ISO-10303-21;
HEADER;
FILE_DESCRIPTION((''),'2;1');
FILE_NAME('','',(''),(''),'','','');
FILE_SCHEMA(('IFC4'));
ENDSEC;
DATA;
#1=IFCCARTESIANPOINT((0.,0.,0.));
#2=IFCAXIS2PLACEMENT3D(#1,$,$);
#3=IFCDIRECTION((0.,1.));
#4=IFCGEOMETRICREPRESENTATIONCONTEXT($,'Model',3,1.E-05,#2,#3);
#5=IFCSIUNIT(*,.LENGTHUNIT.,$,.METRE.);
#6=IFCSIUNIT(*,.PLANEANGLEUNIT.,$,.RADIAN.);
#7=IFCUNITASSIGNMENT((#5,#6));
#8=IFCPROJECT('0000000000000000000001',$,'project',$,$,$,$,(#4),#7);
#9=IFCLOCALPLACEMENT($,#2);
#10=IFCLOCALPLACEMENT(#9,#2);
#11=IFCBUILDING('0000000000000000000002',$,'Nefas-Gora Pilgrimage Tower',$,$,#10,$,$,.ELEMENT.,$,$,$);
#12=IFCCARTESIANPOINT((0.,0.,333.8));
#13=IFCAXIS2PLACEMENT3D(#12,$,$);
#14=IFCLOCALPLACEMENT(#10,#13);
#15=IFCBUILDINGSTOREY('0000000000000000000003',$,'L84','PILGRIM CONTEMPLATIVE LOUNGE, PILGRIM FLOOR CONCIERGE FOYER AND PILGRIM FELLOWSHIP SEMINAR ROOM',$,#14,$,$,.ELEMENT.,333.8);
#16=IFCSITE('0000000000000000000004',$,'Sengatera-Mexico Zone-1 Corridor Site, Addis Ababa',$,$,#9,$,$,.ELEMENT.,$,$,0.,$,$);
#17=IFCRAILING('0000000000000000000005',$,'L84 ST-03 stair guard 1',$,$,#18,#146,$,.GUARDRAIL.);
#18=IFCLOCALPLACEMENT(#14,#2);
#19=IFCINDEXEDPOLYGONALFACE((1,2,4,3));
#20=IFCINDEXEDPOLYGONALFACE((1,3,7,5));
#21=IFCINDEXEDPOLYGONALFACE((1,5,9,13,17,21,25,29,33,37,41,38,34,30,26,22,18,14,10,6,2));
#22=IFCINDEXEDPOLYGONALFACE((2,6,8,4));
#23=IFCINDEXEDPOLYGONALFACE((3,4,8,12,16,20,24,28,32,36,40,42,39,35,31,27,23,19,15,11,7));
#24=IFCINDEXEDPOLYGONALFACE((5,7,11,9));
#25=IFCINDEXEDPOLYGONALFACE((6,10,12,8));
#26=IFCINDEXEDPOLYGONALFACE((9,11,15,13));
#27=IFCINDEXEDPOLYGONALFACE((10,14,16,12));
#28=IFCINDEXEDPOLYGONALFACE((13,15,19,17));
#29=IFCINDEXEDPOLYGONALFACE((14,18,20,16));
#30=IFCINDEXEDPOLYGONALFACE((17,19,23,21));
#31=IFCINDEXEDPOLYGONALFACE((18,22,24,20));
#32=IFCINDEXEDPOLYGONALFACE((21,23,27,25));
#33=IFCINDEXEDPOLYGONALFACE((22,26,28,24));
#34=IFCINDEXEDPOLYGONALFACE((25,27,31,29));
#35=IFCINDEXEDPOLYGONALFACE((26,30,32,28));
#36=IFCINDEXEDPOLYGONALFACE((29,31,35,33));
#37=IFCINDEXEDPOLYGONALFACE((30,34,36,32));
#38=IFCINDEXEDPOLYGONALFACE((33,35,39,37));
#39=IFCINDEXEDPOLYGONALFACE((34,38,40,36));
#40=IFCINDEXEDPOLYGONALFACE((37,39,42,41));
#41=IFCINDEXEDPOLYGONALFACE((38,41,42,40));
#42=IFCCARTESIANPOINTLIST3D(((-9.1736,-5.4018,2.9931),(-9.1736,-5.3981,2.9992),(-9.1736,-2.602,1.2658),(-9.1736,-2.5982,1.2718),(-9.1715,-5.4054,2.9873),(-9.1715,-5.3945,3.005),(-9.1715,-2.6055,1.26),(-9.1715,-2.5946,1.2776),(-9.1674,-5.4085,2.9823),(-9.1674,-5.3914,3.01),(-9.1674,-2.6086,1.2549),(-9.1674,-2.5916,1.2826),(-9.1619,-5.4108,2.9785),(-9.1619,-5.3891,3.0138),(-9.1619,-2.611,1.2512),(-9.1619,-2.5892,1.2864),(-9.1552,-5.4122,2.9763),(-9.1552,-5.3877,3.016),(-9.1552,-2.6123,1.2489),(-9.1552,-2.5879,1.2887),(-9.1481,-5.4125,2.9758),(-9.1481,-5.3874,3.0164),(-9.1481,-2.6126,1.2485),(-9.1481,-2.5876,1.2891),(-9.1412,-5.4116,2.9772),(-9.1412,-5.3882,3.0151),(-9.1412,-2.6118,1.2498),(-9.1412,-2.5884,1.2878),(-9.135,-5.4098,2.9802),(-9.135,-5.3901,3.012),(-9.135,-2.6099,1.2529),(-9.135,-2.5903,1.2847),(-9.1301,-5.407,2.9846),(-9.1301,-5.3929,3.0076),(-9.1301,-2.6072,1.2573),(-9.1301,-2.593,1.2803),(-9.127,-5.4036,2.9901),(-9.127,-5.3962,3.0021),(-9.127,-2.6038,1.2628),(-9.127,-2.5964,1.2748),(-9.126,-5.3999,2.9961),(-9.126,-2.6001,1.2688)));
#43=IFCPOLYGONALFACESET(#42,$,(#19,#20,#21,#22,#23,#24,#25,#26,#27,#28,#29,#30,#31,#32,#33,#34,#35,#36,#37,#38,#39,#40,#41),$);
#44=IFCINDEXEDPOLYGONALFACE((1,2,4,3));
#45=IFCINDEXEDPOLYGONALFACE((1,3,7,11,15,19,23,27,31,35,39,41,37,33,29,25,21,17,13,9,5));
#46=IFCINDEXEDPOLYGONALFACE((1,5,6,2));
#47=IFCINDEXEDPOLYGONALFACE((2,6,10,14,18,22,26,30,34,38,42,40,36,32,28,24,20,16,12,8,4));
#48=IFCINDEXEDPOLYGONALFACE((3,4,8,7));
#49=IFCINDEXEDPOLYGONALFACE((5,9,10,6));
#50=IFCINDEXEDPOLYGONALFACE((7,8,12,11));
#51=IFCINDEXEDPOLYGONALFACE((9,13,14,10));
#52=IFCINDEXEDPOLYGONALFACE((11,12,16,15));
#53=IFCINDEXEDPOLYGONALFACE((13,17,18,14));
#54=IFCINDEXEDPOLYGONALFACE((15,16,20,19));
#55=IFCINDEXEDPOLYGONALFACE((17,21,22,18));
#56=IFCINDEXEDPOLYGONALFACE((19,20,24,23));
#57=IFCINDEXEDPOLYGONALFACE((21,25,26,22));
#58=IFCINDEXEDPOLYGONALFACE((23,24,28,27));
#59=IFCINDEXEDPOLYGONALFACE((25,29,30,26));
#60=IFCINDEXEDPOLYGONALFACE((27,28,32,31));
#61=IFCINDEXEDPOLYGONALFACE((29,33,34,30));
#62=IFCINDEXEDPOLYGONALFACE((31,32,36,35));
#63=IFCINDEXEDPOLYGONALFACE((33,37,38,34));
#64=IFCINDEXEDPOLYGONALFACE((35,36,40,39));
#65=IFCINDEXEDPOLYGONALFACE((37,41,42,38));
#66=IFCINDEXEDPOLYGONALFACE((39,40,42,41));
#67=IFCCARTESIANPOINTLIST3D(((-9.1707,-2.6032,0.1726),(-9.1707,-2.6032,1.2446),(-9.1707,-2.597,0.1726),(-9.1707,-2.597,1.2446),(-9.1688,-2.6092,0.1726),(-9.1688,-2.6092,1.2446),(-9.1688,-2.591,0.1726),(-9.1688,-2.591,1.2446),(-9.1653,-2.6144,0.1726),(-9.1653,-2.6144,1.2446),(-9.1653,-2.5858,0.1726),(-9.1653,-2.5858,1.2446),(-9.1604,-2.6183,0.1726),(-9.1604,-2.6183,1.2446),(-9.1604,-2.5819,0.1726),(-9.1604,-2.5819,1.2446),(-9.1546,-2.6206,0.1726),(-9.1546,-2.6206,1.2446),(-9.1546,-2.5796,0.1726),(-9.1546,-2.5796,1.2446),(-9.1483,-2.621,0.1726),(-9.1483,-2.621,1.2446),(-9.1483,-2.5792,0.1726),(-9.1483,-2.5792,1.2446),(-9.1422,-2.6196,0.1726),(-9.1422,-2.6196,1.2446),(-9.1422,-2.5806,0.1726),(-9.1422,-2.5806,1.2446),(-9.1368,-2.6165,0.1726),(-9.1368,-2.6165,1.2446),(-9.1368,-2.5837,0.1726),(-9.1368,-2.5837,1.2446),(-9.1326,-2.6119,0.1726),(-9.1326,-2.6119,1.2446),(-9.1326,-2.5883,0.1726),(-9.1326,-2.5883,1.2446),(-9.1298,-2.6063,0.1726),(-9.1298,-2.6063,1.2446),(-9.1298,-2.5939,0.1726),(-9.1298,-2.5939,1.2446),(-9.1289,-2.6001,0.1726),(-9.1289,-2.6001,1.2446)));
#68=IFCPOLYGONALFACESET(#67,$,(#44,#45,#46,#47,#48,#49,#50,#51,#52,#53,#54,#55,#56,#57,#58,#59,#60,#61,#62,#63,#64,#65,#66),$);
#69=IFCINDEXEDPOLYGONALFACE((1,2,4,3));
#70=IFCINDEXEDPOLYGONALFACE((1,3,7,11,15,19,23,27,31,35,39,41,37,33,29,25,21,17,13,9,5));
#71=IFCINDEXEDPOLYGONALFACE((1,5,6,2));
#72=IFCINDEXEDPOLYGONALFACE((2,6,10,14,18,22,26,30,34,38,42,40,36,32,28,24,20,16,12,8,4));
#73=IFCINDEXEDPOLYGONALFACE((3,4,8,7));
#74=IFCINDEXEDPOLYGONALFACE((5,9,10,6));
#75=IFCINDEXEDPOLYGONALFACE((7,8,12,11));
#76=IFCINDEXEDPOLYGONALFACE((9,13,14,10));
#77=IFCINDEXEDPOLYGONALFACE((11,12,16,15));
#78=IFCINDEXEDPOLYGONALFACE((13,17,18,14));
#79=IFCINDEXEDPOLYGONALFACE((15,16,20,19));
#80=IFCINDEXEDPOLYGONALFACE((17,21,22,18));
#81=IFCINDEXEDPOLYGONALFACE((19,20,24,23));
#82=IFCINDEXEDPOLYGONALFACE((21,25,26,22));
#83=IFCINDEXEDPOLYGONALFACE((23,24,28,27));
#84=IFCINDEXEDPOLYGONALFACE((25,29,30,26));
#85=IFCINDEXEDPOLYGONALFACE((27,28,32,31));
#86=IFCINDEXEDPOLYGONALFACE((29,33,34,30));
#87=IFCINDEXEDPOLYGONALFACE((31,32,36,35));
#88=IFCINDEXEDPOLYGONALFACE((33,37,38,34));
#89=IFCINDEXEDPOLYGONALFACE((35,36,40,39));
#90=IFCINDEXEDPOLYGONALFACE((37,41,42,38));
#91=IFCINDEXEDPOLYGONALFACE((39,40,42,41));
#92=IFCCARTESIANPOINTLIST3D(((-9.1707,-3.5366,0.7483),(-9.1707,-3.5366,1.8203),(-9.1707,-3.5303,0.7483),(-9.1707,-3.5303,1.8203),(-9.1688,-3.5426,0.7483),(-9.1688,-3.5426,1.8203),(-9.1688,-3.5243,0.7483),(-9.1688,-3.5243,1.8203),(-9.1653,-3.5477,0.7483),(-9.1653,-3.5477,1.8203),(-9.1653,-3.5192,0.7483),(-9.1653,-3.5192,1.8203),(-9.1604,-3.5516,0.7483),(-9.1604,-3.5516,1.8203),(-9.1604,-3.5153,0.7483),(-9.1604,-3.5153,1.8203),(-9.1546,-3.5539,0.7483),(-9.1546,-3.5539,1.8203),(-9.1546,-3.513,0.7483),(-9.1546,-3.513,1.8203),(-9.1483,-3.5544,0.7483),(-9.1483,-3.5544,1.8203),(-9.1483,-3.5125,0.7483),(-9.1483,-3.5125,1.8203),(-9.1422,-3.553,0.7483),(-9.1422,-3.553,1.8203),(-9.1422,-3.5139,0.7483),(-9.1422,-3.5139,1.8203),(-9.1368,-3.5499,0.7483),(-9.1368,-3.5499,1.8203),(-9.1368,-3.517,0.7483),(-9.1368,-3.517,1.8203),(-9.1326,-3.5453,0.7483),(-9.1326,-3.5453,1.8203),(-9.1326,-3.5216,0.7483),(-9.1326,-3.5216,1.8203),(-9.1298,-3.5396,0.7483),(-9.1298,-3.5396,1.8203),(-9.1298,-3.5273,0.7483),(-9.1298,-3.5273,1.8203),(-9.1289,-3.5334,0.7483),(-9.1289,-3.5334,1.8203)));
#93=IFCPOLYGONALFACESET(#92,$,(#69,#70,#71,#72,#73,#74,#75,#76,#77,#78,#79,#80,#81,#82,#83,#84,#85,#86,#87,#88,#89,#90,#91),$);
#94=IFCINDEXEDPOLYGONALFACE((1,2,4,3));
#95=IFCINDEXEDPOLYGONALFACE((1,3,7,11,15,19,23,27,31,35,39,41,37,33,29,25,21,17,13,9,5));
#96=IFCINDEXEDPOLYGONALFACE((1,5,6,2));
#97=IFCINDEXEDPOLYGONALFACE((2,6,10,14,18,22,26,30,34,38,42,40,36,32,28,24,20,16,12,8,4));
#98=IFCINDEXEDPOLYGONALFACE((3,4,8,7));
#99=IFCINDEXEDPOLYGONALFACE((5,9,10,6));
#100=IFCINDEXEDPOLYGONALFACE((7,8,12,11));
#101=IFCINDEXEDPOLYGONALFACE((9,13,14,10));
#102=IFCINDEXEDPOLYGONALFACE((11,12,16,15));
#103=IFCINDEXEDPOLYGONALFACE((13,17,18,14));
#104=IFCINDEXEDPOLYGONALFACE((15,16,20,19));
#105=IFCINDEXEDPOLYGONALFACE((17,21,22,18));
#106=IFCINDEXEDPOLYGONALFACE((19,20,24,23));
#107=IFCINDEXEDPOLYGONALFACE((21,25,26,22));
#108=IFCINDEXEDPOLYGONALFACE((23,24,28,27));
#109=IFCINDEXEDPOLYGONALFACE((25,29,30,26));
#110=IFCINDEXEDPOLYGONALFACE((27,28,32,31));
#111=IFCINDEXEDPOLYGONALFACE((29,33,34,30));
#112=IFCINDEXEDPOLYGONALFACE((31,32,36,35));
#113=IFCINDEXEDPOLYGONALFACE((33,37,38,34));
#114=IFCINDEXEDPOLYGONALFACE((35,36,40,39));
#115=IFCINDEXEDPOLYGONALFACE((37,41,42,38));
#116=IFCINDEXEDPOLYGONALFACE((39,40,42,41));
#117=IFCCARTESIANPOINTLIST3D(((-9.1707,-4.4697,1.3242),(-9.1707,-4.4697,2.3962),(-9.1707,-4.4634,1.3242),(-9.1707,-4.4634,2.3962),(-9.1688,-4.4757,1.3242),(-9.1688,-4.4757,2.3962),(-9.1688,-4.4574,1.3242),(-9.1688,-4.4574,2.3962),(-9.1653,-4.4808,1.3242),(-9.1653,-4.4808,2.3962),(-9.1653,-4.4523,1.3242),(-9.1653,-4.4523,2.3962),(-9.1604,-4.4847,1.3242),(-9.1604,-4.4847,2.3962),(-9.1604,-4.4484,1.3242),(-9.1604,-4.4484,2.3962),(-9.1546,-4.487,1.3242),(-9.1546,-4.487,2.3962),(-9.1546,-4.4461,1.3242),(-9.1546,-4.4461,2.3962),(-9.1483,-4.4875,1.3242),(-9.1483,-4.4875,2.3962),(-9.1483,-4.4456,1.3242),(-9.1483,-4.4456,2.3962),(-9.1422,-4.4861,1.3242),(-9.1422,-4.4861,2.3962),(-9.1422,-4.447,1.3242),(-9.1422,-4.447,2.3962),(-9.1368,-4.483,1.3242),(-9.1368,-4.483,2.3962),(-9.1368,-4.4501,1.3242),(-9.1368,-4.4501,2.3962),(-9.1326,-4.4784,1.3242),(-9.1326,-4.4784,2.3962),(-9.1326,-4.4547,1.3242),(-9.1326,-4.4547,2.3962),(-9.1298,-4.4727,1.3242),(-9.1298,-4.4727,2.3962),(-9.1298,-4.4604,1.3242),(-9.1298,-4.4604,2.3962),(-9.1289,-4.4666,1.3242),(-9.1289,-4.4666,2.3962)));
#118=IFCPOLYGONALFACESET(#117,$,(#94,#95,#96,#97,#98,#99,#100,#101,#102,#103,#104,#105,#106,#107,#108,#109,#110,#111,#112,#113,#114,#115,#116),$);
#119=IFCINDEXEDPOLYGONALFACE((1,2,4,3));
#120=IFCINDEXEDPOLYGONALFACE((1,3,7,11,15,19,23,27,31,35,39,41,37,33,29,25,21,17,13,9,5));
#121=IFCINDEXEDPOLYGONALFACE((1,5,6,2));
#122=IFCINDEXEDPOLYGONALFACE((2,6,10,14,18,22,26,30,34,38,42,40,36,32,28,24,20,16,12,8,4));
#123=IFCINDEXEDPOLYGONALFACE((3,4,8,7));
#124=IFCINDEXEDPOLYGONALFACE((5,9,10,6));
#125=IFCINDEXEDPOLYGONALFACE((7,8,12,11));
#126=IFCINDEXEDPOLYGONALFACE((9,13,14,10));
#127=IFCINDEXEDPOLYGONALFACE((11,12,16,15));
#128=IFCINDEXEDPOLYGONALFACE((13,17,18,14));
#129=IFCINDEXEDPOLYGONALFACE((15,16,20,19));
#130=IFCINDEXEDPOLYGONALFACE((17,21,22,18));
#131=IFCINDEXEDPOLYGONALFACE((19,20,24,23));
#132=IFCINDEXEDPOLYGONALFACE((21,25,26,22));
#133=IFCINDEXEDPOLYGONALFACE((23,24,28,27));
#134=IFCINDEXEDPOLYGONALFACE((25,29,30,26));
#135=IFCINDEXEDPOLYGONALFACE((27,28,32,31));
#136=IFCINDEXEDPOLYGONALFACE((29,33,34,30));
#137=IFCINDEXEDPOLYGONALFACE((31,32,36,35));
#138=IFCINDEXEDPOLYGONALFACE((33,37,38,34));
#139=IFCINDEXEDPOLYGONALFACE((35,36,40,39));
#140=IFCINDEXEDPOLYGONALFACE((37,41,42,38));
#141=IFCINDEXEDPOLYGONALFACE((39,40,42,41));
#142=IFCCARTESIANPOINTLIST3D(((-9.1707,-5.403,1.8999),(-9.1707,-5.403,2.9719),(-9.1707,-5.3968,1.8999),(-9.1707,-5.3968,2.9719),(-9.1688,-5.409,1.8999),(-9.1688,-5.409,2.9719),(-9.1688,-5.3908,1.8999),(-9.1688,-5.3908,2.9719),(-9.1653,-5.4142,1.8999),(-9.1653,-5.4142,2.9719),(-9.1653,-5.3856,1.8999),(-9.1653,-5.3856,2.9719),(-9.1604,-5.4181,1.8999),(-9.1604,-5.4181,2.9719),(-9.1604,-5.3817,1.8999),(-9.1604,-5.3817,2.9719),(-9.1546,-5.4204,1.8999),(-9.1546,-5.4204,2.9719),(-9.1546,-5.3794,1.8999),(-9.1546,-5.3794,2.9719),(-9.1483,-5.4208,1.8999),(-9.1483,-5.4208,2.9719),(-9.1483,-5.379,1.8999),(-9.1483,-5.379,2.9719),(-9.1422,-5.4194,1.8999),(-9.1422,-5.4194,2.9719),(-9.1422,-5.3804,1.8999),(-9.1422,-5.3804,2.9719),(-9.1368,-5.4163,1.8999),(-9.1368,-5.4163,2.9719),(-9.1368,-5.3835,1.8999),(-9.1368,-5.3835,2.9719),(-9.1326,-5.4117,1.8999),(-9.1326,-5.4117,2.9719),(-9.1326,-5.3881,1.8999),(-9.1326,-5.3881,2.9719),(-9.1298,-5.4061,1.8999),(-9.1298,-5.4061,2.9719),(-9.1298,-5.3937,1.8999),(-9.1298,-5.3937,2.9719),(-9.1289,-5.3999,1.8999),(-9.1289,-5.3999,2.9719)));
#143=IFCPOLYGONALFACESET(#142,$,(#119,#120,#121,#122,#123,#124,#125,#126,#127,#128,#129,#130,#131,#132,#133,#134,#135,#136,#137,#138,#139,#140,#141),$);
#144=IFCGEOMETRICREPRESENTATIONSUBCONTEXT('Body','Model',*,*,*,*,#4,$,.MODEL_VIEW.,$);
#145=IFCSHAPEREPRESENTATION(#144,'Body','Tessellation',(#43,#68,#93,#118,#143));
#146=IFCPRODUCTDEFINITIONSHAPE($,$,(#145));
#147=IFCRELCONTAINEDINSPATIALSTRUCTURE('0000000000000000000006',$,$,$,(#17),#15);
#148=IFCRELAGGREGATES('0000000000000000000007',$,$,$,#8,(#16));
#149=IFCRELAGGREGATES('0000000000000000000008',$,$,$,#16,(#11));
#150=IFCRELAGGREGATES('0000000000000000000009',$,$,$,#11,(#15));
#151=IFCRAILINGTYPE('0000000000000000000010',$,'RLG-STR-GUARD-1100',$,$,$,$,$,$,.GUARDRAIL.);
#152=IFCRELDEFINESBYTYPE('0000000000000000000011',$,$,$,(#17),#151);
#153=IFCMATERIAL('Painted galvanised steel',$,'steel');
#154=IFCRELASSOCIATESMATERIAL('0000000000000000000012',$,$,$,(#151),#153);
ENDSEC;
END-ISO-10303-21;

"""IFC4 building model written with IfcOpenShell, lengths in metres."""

from ifc_helpers import new_model, si_unit, direction, frame, origin, origin_2d, place, context, subcontext, project, spatial, circle, extrude, material, type_object, element, save


model = new_model("IFC4")

# Units and contexts
model_context = context("Model", 3, precision=1e-05, world=origin(), true_north=direction((0.0, 1.0)))
body_context = subcontext(model_context, "Body", "Model", "MODEL_VIEW")
ifc_project = project(units=[si_unit("LENGTHUNIT", "METRE"), si_unit("PLANEANGLEUNIT", "RADIAN")], contexts=[model_context])

# Site, building, storey
site_placement = place(None, origin())
site = spatial("IfcSite", under=ifc_project, at=site_placement, Name="Sengatera-Mexico Zone-1 Corridor Site, Addis Ababa", CompositionType="ELEMENT", RefElevation=0.0)
building_placement = place(site_placement, origin())
building = spatial("IfcBuilding", under=site, at=building_placement, Name="Nefas-Gora Pilgrimage Tower", CompositionType="ELEMENT")
storey_placement = place(building_placement, frame((0.0, 0.0, 333.8)))
storey = spatial("IfcBuildingStorey", under=building, at=storey_placement, Name="L84", Description="PILGRIM CONTEMPLATIVE LOUNGE, PILGRIM FLOOR CONCIERGE FOYER AND PILGRIM FELLOWSHIP SEMINAR ROOM", CompositionType="ELEMENT", Elevation=333.8)

# Railing
ifc_material_1 = material(Name="Painted galvanised steel", Category="steel")
railing_type_1 = type_object("IfcRailingType", Name="RLG-STR-GUARD-1100", PredefinedType="GUARDRAIL", material=ifc_material_1)
railing_1_placement = place(storey_placement, frame((-9.1499, -2.6001, 0.1726)))
element("IfcRailing", 1, at=railing_1_placement, inside=storey, type_object=railing_type_1, Name="L84 ST-03 stair guard 1", PredefinedType="GUARDRAIL", context=body_context, shape_type="SweptSolid", body=[
    extrude(circle(Radius=0.0239, at=origin_2d()), frame((0.0, 0.0, 1.0962), z_axis=(0.0, -0.851069, 0.525054), x_axis=(1.0, 0.0, 0.0)), (0.0, 0.0, 1.0), 3.2898),
    extrude(circle(Radius=0.021, at=origin_2d()), origin(), (0.0, 0.0, 1.0), 1.072),
    extrude(circle(Radius=0.021, at=origin_2d()), frame((0.0, -0.9333, 0.5757)), (0.0, 0.0, 1.0), 1.072),
    extrude(circle(Radius=0.021, at=origin_2d()), frame((0.0, -1.8665, 1.1516)), (0.0, 0.0, 1.0), 1.072),
    extrude(circle(Radius=0.021, at=origin_2d()), frame((0.0, -2.7998, 1.7273)), (0.0, 0.0, 1.0), 1.072),
])

save(model, "model.ifc")
